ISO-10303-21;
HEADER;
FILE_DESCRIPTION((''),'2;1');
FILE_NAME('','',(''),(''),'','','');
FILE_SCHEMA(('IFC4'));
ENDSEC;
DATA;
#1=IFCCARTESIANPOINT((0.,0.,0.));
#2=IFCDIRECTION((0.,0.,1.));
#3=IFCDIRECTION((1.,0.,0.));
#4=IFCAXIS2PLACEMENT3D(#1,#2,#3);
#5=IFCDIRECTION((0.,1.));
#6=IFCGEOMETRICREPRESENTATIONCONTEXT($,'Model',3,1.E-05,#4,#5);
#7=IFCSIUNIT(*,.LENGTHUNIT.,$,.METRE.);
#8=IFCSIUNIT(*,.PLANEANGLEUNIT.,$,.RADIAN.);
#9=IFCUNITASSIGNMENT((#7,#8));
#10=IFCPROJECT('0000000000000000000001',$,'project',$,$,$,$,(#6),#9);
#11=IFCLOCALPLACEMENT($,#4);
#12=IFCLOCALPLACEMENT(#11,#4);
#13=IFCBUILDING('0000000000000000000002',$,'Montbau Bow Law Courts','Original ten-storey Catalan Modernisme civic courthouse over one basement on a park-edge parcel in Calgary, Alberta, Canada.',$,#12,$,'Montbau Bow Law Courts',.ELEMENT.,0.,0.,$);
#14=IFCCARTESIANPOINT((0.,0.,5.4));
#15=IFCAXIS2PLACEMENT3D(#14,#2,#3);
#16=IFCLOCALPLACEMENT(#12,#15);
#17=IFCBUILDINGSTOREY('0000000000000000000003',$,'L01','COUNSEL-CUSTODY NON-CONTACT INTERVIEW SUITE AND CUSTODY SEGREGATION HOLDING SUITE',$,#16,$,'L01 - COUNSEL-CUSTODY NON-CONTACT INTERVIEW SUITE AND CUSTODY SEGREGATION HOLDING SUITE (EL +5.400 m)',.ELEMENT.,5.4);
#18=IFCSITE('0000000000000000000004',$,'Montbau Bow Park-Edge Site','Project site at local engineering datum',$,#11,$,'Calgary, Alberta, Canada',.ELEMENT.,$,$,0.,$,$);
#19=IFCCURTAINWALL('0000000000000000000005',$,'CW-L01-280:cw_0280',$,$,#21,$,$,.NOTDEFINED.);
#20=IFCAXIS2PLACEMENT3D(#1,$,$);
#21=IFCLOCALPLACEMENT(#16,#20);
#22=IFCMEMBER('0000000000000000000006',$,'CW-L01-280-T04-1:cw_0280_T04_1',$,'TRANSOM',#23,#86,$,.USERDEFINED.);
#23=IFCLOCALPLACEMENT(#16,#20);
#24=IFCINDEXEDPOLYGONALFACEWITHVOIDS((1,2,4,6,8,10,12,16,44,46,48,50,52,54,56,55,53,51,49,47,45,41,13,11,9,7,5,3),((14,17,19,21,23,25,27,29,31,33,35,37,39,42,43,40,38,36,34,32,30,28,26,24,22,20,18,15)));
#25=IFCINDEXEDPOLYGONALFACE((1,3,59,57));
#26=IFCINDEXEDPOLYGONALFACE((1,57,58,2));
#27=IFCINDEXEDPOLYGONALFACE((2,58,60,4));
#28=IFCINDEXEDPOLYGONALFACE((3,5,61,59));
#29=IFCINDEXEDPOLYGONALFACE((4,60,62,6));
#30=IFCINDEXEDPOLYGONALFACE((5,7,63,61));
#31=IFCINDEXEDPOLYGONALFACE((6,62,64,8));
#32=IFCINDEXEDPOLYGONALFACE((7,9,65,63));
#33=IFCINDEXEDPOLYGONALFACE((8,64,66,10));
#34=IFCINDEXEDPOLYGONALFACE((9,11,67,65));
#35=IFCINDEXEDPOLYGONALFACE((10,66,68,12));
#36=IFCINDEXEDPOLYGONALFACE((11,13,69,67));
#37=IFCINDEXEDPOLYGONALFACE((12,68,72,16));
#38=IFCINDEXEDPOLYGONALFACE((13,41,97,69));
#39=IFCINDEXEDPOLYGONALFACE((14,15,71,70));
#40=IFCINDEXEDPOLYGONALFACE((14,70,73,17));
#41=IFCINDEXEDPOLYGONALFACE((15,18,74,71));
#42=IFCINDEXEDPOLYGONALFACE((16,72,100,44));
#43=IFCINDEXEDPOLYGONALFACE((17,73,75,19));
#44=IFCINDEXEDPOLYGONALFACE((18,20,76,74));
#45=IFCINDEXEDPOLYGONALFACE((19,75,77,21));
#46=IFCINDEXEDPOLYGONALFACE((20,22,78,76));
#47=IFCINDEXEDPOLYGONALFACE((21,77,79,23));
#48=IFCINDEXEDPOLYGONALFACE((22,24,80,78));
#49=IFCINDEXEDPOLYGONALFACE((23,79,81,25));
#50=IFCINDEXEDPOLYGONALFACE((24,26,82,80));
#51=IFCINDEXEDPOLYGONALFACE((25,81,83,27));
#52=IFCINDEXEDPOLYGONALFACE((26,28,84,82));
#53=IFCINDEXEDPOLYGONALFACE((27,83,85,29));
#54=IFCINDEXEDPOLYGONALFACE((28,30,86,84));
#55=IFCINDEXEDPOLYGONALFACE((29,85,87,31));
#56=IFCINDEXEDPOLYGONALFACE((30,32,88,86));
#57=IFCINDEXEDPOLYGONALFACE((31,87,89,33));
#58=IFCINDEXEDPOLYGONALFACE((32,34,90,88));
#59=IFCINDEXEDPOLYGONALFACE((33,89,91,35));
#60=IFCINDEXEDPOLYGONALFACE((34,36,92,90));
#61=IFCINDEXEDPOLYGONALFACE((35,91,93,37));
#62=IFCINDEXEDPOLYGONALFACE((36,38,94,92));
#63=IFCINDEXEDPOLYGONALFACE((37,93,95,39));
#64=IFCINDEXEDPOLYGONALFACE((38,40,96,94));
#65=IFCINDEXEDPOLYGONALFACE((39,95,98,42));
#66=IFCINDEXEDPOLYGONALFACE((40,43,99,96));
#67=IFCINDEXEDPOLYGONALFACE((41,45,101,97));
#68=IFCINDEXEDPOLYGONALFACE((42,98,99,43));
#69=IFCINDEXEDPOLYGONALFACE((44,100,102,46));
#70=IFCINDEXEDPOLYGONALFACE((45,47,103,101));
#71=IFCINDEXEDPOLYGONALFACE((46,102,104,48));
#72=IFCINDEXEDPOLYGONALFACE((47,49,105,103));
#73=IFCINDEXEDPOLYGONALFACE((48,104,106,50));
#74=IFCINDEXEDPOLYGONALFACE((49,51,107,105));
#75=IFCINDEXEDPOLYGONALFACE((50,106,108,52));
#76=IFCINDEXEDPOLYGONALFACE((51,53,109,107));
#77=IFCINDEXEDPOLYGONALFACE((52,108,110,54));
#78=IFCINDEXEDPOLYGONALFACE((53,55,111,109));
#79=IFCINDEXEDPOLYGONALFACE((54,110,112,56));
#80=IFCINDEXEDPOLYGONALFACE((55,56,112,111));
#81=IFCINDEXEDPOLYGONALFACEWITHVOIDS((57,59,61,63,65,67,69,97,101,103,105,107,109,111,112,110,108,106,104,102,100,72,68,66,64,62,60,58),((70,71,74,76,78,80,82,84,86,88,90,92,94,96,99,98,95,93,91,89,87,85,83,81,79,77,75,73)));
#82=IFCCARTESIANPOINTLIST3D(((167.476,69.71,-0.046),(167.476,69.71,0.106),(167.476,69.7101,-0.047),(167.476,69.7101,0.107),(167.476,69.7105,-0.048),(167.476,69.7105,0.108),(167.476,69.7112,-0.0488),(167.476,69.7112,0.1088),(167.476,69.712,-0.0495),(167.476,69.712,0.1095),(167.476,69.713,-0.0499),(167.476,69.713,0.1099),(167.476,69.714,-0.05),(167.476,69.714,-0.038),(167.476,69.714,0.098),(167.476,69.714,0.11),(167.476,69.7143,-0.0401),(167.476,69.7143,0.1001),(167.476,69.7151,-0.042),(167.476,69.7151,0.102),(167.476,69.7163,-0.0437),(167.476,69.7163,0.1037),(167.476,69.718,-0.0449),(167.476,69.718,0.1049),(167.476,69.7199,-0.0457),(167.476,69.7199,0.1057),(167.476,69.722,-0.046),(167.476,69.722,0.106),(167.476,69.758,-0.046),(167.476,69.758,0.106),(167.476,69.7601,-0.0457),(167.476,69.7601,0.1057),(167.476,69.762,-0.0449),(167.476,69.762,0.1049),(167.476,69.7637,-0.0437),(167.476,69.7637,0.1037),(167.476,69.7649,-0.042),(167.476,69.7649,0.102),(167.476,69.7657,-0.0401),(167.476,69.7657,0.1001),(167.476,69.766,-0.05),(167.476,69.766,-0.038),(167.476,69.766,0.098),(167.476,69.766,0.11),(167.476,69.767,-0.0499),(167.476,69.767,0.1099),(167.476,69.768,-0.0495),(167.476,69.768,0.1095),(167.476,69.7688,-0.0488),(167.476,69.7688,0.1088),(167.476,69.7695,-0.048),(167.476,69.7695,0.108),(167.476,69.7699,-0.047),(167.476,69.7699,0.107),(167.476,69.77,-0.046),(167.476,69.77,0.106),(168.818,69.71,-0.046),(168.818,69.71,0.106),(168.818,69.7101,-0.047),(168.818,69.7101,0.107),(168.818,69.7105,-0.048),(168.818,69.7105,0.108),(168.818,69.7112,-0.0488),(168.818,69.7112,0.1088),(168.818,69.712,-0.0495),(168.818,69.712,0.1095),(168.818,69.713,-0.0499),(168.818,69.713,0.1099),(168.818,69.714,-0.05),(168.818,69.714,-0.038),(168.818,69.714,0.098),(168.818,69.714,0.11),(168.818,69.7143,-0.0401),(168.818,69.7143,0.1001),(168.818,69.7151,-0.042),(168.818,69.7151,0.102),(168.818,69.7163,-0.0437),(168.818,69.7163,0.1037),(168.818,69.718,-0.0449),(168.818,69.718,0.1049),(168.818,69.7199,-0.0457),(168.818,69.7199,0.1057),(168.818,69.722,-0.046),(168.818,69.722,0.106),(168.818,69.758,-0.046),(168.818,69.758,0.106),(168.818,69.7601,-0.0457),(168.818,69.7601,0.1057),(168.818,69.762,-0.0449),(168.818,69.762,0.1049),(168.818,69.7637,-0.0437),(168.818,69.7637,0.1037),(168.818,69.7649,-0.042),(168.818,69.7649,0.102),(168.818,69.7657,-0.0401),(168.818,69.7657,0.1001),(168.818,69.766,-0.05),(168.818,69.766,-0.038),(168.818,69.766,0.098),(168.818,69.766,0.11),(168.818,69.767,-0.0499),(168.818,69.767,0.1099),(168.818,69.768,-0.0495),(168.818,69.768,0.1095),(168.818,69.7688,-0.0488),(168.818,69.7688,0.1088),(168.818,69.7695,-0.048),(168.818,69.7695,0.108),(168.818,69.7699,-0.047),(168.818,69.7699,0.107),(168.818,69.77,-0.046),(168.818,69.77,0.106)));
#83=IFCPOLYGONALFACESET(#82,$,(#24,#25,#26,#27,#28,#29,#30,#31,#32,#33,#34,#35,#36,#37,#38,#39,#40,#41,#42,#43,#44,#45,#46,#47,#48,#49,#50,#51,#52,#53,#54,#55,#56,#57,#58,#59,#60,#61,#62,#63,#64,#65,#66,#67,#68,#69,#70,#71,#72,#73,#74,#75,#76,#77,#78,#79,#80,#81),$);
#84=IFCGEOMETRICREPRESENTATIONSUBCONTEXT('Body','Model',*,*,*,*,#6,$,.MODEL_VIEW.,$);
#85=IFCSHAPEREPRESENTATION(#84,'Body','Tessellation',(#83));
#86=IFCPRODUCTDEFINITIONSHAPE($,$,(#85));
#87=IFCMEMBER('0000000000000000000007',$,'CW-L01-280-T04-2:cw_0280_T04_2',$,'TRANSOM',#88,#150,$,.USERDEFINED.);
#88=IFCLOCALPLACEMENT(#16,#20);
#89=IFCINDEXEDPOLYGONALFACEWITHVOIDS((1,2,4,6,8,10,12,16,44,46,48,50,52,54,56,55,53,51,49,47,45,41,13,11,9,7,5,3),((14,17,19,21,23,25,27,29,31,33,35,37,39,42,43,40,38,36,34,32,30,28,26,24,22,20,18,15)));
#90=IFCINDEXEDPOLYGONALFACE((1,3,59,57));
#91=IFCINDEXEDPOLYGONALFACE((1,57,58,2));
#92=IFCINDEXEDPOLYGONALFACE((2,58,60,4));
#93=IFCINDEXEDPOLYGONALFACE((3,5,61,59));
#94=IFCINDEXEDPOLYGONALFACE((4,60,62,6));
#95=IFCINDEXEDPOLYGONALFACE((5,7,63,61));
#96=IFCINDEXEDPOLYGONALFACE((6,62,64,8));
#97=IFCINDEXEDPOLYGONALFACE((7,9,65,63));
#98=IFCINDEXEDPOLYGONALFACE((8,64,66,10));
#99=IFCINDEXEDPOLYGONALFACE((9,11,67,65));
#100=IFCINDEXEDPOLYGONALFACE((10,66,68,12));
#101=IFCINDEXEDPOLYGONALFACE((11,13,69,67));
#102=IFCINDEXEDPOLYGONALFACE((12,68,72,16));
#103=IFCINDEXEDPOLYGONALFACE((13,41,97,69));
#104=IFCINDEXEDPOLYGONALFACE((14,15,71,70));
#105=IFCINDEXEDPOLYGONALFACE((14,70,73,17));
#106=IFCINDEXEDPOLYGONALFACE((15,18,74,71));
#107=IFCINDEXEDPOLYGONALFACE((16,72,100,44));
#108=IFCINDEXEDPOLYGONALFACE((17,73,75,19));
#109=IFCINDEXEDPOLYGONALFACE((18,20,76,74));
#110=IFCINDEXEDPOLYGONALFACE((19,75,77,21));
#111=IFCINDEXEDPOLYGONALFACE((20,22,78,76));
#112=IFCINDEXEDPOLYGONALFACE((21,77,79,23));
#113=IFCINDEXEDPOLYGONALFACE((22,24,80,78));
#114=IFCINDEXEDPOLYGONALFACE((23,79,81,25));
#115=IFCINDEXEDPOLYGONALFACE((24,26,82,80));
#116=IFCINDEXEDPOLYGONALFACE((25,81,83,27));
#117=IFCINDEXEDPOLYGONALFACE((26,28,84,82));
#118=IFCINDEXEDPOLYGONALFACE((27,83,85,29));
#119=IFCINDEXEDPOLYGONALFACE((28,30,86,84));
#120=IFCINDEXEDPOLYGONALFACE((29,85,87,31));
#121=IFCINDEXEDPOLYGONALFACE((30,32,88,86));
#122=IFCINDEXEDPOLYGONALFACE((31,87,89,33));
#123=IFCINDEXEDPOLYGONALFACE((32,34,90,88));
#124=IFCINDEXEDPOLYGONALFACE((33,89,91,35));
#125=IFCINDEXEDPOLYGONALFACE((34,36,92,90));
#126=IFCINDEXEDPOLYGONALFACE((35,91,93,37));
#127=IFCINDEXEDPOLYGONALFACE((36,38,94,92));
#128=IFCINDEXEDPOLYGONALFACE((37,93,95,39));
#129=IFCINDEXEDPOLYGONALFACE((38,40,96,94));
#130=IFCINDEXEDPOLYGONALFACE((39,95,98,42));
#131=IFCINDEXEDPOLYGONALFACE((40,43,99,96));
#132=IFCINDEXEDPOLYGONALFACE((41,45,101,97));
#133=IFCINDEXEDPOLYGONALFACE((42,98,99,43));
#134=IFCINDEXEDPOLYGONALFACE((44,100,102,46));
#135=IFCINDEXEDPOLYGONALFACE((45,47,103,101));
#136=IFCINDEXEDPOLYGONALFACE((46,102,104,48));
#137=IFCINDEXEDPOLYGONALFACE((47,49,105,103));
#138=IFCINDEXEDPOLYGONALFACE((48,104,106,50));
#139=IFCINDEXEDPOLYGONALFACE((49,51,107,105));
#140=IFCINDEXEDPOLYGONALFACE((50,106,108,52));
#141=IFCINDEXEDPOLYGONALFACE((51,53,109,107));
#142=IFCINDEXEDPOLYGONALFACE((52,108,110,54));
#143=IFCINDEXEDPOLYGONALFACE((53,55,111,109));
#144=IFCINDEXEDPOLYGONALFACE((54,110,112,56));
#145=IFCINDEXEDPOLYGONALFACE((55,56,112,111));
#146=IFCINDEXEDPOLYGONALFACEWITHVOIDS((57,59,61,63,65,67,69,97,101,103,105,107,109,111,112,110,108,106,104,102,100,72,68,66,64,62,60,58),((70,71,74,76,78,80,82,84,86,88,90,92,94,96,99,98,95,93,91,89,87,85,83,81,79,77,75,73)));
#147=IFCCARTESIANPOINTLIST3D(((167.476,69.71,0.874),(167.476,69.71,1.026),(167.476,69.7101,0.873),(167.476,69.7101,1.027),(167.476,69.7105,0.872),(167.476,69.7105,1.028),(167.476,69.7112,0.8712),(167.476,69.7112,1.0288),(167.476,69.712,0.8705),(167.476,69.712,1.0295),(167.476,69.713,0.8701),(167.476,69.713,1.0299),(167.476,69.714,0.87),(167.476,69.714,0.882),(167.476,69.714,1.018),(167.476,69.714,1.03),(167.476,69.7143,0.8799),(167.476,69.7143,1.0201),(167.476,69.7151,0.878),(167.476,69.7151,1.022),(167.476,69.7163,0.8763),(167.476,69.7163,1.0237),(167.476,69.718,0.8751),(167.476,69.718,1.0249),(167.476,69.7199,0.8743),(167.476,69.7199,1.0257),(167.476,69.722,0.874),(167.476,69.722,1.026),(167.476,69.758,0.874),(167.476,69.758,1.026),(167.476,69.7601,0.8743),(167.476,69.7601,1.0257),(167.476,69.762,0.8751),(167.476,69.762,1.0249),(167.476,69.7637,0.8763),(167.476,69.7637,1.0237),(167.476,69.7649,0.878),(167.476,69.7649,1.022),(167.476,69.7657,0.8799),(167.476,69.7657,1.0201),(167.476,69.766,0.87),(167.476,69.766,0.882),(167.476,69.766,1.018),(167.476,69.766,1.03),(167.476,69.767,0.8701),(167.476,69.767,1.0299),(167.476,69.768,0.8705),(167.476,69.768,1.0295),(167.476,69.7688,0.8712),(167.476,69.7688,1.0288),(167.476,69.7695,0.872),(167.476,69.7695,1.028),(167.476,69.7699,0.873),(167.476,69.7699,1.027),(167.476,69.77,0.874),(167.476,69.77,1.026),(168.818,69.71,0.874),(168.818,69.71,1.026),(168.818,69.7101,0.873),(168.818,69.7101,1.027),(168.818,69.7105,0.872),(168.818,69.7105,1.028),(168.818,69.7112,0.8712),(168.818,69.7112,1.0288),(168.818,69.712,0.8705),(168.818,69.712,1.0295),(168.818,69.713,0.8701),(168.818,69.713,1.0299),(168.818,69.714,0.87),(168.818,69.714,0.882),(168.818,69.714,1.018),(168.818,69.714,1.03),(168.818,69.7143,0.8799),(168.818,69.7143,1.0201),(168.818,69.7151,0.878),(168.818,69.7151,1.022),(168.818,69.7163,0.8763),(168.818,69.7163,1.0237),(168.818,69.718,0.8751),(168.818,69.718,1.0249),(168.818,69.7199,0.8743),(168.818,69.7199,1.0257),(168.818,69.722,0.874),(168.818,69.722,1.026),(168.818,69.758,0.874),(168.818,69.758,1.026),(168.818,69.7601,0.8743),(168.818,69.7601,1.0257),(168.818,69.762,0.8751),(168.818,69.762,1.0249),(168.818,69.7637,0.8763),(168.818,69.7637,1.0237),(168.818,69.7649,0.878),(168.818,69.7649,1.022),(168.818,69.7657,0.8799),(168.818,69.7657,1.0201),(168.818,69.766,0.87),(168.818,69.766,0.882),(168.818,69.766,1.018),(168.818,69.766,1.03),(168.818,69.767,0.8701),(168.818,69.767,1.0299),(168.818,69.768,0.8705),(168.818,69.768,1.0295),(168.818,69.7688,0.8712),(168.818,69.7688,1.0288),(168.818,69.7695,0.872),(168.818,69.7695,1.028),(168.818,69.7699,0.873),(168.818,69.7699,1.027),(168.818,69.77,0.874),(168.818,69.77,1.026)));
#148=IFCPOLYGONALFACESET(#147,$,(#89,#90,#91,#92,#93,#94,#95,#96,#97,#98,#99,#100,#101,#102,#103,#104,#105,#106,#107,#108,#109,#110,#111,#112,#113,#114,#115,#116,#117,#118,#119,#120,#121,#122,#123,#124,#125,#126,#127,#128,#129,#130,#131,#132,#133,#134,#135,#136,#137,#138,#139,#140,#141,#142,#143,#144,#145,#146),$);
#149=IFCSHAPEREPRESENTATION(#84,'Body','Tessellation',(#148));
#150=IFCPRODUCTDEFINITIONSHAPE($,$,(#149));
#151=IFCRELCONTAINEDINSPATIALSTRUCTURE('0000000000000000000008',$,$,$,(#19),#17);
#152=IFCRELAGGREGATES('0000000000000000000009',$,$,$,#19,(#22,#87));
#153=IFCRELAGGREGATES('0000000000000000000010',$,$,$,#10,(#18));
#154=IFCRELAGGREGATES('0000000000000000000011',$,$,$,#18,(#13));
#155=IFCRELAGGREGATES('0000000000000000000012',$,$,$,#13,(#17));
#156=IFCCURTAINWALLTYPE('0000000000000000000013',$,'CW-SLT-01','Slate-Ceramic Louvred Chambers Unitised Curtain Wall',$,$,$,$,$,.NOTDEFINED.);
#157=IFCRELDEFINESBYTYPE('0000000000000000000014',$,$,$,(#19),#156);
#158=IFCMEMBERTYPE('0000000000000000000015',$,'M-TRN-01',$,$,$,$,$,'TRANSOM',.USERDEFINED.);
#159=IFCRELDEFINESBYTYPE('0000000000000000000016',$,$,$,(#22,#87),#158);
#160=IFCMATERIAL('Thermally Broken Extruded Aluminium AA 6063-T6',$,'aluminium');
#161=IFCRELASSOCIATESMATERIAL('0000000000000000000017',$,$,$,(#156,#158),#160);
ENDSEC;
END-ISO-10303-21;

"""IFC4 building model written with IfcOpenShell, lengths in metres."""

from ifc_helpers import new_model, si_unit, direction, frame, origin_with_axes, origin_2d_with_axis, place, context, subcontext, project, spatial, hollow_rectangle, extrude, material, material_profile, profile_set, type_object, element, aggregate, save


model = new_model("IFC4")

# Units and contexts
model_context = context("Model", 3, precision=1e-05, world=origin_with_axes(), true_north=direction((0.0, 1.0)))
body_context = subcontext(model_context, "Body", "Model", "MODEL_VIEW")
ifc_project = project(units=[si_unit("LENGTHUNIT", "METRE"), si_unit("PLANEANGLEUNIT", "RADIAN")], contexts=[model_context])

# Site, building, storey
site_placement = place(None, origin_with_axes())
site = spatial("IfcSite", under=ifc_project, at=site_placement, Name="Montbau Bow Park-Edge Site", Description="Project site at local engineering datum", LongName="Calgary, Alberta, Canada", CompositionType="ELEMENT", RefElevation=0.0)
building_placement = place(site_placement, origin_with_axes())
building = spatial("IfcBuilding", under=site, at=building_placement, Name="Montbau Bow Law Courts", Description="Original ten-storey Catalan Modernisme civic courthouse over one basement on a park-edge parcel in Calgary, Alberta, Canada.", LongName="Montbau Bow Law Courts", CompositionType="ELEMENT", ElevationOfRefHeight=0.0, ElevationOfTerrain=0.0)
storey_placement = place(building_placement, frame((0.0, 0.0, 5.4), z_axis=(0.0, 0.0, 1.0), x_axis=(1.0, 0.0, 0.0)))
storey = spatial("IfcBuildingStorey", under=building, at=storey_placement, Name="L01", Description="COUNSEL-CUSTODY NON-CONTACT INTERVIEW SUITE AND CUSTODY SEGREGATION HOLDING SUITE", LongName="L01 - COUNSEL-CUSTODY NON-CONTACT INTERVIEW SUITE AND CUSTODY SEGREGATION HOLDING SUITE (EL +5.400 m)", CompositionType="ELEMENT", Elevation=5.4)

# Curtain wall, members
ifc_material_1 = material(Name="Thermally Broken Extruded Aluminium AA 6063-T6", Category="aluminium")
curtain_wall_type = type_object("IfcCurtainWallType", Name="CW-SLT-01", Description="Slate-Ceramic Louvred Chambers Unitised Curtain Wall", PredefinedType="NOTDEFINED", material=ifc_material_1)
curtain_wall_placement = place(None, frame((163.115, 69.74, 5.4), z_axis=(0.0, 0.0, 1.0), x_axis=(1.0, 0.0, 0.0)))
curtain_wall = element("IfcCurtainWall", 1, at=curtain_wall_placement, inside=storey, type_object=curtain_wall_type, Name="CW-L01-280:cw_0280", PredefinedType="NOTDEFINED")
ifc_material_profile_1 = material_profile(ifc_material_1, hollow_rectangle(XDim=0.06, YDim=0.16, WallThickness=0.004, InnerFilletRadius=0.008, OuterFilletRadius=0.004, at=origin_2d_with_axis()), Name="CWT-160X60", Category="Main", Priority=0)
ifc_profile_set_1 = profile_set([ifc_material_profile_1], Name="Thermally Broken Extruded Aluminium AA 6063-T6")
member_type_1 = type_object("IfcMemberType", Name="M-TRN-01", ElementType="TRANSOM", PredefinedType="USERDEFINED", material=ifc_profile_set_1)
member_1_placement = place(None, frame((167.476, 69.74, 5.43), z_axis=(1.0, 0.0, 0.0), x_axis=(0.0, 1.0, 0.0)))
member_1 = element("IfcMember", 2, at=member_1_placement, type_object=member_type_1, Name="CW-L01-280-T04-1:cw_0280_T04_1", ObjectType="TRANSOM", PredefinedType="USERDEFINED", context=body_context, shape_type="SweptSolid", body=[
    extrude(hollow_rectangle(XDim=0.06, YDim=0.16, WallThickness=0.004, InnerFilletRadius=0.008, OuterFilletRadius=0.004, at=origin_2d_with_axis()), origin_with_axes(), (0.0, 0.0, 1.0), 1.342),
])
member_2_placement = place(None, frame((167.476, 69.74, 6.35), z_axis=(1.0, 0.0, 0.0), x_axis=(0.0, 1.0, 0.0)))
member_2 = element("IfcMember", 3, at=member_2_placement, type_object=member_type_1, Name="CW-L01-280-T04-2:cw_0280_T04_2", ObjectType="TRANSOM", PredefinedType="USERDEFINED", context=body_context, shape_type="SweptSolid", body=[
    extrude(hollow_rectangle(XDim=0.06, YDim=0.16, WallThickness=0.004, InnerFilletRadius=0.008, OuterFilletRadius=0.004, at=origin_2d_with_axis()), origin_with_axes(), (0.0, 0.0, 1.0), 1.342),
])
aggregate(curtain_wall, [member_1, member_2])

save(model, "model.ifc")
